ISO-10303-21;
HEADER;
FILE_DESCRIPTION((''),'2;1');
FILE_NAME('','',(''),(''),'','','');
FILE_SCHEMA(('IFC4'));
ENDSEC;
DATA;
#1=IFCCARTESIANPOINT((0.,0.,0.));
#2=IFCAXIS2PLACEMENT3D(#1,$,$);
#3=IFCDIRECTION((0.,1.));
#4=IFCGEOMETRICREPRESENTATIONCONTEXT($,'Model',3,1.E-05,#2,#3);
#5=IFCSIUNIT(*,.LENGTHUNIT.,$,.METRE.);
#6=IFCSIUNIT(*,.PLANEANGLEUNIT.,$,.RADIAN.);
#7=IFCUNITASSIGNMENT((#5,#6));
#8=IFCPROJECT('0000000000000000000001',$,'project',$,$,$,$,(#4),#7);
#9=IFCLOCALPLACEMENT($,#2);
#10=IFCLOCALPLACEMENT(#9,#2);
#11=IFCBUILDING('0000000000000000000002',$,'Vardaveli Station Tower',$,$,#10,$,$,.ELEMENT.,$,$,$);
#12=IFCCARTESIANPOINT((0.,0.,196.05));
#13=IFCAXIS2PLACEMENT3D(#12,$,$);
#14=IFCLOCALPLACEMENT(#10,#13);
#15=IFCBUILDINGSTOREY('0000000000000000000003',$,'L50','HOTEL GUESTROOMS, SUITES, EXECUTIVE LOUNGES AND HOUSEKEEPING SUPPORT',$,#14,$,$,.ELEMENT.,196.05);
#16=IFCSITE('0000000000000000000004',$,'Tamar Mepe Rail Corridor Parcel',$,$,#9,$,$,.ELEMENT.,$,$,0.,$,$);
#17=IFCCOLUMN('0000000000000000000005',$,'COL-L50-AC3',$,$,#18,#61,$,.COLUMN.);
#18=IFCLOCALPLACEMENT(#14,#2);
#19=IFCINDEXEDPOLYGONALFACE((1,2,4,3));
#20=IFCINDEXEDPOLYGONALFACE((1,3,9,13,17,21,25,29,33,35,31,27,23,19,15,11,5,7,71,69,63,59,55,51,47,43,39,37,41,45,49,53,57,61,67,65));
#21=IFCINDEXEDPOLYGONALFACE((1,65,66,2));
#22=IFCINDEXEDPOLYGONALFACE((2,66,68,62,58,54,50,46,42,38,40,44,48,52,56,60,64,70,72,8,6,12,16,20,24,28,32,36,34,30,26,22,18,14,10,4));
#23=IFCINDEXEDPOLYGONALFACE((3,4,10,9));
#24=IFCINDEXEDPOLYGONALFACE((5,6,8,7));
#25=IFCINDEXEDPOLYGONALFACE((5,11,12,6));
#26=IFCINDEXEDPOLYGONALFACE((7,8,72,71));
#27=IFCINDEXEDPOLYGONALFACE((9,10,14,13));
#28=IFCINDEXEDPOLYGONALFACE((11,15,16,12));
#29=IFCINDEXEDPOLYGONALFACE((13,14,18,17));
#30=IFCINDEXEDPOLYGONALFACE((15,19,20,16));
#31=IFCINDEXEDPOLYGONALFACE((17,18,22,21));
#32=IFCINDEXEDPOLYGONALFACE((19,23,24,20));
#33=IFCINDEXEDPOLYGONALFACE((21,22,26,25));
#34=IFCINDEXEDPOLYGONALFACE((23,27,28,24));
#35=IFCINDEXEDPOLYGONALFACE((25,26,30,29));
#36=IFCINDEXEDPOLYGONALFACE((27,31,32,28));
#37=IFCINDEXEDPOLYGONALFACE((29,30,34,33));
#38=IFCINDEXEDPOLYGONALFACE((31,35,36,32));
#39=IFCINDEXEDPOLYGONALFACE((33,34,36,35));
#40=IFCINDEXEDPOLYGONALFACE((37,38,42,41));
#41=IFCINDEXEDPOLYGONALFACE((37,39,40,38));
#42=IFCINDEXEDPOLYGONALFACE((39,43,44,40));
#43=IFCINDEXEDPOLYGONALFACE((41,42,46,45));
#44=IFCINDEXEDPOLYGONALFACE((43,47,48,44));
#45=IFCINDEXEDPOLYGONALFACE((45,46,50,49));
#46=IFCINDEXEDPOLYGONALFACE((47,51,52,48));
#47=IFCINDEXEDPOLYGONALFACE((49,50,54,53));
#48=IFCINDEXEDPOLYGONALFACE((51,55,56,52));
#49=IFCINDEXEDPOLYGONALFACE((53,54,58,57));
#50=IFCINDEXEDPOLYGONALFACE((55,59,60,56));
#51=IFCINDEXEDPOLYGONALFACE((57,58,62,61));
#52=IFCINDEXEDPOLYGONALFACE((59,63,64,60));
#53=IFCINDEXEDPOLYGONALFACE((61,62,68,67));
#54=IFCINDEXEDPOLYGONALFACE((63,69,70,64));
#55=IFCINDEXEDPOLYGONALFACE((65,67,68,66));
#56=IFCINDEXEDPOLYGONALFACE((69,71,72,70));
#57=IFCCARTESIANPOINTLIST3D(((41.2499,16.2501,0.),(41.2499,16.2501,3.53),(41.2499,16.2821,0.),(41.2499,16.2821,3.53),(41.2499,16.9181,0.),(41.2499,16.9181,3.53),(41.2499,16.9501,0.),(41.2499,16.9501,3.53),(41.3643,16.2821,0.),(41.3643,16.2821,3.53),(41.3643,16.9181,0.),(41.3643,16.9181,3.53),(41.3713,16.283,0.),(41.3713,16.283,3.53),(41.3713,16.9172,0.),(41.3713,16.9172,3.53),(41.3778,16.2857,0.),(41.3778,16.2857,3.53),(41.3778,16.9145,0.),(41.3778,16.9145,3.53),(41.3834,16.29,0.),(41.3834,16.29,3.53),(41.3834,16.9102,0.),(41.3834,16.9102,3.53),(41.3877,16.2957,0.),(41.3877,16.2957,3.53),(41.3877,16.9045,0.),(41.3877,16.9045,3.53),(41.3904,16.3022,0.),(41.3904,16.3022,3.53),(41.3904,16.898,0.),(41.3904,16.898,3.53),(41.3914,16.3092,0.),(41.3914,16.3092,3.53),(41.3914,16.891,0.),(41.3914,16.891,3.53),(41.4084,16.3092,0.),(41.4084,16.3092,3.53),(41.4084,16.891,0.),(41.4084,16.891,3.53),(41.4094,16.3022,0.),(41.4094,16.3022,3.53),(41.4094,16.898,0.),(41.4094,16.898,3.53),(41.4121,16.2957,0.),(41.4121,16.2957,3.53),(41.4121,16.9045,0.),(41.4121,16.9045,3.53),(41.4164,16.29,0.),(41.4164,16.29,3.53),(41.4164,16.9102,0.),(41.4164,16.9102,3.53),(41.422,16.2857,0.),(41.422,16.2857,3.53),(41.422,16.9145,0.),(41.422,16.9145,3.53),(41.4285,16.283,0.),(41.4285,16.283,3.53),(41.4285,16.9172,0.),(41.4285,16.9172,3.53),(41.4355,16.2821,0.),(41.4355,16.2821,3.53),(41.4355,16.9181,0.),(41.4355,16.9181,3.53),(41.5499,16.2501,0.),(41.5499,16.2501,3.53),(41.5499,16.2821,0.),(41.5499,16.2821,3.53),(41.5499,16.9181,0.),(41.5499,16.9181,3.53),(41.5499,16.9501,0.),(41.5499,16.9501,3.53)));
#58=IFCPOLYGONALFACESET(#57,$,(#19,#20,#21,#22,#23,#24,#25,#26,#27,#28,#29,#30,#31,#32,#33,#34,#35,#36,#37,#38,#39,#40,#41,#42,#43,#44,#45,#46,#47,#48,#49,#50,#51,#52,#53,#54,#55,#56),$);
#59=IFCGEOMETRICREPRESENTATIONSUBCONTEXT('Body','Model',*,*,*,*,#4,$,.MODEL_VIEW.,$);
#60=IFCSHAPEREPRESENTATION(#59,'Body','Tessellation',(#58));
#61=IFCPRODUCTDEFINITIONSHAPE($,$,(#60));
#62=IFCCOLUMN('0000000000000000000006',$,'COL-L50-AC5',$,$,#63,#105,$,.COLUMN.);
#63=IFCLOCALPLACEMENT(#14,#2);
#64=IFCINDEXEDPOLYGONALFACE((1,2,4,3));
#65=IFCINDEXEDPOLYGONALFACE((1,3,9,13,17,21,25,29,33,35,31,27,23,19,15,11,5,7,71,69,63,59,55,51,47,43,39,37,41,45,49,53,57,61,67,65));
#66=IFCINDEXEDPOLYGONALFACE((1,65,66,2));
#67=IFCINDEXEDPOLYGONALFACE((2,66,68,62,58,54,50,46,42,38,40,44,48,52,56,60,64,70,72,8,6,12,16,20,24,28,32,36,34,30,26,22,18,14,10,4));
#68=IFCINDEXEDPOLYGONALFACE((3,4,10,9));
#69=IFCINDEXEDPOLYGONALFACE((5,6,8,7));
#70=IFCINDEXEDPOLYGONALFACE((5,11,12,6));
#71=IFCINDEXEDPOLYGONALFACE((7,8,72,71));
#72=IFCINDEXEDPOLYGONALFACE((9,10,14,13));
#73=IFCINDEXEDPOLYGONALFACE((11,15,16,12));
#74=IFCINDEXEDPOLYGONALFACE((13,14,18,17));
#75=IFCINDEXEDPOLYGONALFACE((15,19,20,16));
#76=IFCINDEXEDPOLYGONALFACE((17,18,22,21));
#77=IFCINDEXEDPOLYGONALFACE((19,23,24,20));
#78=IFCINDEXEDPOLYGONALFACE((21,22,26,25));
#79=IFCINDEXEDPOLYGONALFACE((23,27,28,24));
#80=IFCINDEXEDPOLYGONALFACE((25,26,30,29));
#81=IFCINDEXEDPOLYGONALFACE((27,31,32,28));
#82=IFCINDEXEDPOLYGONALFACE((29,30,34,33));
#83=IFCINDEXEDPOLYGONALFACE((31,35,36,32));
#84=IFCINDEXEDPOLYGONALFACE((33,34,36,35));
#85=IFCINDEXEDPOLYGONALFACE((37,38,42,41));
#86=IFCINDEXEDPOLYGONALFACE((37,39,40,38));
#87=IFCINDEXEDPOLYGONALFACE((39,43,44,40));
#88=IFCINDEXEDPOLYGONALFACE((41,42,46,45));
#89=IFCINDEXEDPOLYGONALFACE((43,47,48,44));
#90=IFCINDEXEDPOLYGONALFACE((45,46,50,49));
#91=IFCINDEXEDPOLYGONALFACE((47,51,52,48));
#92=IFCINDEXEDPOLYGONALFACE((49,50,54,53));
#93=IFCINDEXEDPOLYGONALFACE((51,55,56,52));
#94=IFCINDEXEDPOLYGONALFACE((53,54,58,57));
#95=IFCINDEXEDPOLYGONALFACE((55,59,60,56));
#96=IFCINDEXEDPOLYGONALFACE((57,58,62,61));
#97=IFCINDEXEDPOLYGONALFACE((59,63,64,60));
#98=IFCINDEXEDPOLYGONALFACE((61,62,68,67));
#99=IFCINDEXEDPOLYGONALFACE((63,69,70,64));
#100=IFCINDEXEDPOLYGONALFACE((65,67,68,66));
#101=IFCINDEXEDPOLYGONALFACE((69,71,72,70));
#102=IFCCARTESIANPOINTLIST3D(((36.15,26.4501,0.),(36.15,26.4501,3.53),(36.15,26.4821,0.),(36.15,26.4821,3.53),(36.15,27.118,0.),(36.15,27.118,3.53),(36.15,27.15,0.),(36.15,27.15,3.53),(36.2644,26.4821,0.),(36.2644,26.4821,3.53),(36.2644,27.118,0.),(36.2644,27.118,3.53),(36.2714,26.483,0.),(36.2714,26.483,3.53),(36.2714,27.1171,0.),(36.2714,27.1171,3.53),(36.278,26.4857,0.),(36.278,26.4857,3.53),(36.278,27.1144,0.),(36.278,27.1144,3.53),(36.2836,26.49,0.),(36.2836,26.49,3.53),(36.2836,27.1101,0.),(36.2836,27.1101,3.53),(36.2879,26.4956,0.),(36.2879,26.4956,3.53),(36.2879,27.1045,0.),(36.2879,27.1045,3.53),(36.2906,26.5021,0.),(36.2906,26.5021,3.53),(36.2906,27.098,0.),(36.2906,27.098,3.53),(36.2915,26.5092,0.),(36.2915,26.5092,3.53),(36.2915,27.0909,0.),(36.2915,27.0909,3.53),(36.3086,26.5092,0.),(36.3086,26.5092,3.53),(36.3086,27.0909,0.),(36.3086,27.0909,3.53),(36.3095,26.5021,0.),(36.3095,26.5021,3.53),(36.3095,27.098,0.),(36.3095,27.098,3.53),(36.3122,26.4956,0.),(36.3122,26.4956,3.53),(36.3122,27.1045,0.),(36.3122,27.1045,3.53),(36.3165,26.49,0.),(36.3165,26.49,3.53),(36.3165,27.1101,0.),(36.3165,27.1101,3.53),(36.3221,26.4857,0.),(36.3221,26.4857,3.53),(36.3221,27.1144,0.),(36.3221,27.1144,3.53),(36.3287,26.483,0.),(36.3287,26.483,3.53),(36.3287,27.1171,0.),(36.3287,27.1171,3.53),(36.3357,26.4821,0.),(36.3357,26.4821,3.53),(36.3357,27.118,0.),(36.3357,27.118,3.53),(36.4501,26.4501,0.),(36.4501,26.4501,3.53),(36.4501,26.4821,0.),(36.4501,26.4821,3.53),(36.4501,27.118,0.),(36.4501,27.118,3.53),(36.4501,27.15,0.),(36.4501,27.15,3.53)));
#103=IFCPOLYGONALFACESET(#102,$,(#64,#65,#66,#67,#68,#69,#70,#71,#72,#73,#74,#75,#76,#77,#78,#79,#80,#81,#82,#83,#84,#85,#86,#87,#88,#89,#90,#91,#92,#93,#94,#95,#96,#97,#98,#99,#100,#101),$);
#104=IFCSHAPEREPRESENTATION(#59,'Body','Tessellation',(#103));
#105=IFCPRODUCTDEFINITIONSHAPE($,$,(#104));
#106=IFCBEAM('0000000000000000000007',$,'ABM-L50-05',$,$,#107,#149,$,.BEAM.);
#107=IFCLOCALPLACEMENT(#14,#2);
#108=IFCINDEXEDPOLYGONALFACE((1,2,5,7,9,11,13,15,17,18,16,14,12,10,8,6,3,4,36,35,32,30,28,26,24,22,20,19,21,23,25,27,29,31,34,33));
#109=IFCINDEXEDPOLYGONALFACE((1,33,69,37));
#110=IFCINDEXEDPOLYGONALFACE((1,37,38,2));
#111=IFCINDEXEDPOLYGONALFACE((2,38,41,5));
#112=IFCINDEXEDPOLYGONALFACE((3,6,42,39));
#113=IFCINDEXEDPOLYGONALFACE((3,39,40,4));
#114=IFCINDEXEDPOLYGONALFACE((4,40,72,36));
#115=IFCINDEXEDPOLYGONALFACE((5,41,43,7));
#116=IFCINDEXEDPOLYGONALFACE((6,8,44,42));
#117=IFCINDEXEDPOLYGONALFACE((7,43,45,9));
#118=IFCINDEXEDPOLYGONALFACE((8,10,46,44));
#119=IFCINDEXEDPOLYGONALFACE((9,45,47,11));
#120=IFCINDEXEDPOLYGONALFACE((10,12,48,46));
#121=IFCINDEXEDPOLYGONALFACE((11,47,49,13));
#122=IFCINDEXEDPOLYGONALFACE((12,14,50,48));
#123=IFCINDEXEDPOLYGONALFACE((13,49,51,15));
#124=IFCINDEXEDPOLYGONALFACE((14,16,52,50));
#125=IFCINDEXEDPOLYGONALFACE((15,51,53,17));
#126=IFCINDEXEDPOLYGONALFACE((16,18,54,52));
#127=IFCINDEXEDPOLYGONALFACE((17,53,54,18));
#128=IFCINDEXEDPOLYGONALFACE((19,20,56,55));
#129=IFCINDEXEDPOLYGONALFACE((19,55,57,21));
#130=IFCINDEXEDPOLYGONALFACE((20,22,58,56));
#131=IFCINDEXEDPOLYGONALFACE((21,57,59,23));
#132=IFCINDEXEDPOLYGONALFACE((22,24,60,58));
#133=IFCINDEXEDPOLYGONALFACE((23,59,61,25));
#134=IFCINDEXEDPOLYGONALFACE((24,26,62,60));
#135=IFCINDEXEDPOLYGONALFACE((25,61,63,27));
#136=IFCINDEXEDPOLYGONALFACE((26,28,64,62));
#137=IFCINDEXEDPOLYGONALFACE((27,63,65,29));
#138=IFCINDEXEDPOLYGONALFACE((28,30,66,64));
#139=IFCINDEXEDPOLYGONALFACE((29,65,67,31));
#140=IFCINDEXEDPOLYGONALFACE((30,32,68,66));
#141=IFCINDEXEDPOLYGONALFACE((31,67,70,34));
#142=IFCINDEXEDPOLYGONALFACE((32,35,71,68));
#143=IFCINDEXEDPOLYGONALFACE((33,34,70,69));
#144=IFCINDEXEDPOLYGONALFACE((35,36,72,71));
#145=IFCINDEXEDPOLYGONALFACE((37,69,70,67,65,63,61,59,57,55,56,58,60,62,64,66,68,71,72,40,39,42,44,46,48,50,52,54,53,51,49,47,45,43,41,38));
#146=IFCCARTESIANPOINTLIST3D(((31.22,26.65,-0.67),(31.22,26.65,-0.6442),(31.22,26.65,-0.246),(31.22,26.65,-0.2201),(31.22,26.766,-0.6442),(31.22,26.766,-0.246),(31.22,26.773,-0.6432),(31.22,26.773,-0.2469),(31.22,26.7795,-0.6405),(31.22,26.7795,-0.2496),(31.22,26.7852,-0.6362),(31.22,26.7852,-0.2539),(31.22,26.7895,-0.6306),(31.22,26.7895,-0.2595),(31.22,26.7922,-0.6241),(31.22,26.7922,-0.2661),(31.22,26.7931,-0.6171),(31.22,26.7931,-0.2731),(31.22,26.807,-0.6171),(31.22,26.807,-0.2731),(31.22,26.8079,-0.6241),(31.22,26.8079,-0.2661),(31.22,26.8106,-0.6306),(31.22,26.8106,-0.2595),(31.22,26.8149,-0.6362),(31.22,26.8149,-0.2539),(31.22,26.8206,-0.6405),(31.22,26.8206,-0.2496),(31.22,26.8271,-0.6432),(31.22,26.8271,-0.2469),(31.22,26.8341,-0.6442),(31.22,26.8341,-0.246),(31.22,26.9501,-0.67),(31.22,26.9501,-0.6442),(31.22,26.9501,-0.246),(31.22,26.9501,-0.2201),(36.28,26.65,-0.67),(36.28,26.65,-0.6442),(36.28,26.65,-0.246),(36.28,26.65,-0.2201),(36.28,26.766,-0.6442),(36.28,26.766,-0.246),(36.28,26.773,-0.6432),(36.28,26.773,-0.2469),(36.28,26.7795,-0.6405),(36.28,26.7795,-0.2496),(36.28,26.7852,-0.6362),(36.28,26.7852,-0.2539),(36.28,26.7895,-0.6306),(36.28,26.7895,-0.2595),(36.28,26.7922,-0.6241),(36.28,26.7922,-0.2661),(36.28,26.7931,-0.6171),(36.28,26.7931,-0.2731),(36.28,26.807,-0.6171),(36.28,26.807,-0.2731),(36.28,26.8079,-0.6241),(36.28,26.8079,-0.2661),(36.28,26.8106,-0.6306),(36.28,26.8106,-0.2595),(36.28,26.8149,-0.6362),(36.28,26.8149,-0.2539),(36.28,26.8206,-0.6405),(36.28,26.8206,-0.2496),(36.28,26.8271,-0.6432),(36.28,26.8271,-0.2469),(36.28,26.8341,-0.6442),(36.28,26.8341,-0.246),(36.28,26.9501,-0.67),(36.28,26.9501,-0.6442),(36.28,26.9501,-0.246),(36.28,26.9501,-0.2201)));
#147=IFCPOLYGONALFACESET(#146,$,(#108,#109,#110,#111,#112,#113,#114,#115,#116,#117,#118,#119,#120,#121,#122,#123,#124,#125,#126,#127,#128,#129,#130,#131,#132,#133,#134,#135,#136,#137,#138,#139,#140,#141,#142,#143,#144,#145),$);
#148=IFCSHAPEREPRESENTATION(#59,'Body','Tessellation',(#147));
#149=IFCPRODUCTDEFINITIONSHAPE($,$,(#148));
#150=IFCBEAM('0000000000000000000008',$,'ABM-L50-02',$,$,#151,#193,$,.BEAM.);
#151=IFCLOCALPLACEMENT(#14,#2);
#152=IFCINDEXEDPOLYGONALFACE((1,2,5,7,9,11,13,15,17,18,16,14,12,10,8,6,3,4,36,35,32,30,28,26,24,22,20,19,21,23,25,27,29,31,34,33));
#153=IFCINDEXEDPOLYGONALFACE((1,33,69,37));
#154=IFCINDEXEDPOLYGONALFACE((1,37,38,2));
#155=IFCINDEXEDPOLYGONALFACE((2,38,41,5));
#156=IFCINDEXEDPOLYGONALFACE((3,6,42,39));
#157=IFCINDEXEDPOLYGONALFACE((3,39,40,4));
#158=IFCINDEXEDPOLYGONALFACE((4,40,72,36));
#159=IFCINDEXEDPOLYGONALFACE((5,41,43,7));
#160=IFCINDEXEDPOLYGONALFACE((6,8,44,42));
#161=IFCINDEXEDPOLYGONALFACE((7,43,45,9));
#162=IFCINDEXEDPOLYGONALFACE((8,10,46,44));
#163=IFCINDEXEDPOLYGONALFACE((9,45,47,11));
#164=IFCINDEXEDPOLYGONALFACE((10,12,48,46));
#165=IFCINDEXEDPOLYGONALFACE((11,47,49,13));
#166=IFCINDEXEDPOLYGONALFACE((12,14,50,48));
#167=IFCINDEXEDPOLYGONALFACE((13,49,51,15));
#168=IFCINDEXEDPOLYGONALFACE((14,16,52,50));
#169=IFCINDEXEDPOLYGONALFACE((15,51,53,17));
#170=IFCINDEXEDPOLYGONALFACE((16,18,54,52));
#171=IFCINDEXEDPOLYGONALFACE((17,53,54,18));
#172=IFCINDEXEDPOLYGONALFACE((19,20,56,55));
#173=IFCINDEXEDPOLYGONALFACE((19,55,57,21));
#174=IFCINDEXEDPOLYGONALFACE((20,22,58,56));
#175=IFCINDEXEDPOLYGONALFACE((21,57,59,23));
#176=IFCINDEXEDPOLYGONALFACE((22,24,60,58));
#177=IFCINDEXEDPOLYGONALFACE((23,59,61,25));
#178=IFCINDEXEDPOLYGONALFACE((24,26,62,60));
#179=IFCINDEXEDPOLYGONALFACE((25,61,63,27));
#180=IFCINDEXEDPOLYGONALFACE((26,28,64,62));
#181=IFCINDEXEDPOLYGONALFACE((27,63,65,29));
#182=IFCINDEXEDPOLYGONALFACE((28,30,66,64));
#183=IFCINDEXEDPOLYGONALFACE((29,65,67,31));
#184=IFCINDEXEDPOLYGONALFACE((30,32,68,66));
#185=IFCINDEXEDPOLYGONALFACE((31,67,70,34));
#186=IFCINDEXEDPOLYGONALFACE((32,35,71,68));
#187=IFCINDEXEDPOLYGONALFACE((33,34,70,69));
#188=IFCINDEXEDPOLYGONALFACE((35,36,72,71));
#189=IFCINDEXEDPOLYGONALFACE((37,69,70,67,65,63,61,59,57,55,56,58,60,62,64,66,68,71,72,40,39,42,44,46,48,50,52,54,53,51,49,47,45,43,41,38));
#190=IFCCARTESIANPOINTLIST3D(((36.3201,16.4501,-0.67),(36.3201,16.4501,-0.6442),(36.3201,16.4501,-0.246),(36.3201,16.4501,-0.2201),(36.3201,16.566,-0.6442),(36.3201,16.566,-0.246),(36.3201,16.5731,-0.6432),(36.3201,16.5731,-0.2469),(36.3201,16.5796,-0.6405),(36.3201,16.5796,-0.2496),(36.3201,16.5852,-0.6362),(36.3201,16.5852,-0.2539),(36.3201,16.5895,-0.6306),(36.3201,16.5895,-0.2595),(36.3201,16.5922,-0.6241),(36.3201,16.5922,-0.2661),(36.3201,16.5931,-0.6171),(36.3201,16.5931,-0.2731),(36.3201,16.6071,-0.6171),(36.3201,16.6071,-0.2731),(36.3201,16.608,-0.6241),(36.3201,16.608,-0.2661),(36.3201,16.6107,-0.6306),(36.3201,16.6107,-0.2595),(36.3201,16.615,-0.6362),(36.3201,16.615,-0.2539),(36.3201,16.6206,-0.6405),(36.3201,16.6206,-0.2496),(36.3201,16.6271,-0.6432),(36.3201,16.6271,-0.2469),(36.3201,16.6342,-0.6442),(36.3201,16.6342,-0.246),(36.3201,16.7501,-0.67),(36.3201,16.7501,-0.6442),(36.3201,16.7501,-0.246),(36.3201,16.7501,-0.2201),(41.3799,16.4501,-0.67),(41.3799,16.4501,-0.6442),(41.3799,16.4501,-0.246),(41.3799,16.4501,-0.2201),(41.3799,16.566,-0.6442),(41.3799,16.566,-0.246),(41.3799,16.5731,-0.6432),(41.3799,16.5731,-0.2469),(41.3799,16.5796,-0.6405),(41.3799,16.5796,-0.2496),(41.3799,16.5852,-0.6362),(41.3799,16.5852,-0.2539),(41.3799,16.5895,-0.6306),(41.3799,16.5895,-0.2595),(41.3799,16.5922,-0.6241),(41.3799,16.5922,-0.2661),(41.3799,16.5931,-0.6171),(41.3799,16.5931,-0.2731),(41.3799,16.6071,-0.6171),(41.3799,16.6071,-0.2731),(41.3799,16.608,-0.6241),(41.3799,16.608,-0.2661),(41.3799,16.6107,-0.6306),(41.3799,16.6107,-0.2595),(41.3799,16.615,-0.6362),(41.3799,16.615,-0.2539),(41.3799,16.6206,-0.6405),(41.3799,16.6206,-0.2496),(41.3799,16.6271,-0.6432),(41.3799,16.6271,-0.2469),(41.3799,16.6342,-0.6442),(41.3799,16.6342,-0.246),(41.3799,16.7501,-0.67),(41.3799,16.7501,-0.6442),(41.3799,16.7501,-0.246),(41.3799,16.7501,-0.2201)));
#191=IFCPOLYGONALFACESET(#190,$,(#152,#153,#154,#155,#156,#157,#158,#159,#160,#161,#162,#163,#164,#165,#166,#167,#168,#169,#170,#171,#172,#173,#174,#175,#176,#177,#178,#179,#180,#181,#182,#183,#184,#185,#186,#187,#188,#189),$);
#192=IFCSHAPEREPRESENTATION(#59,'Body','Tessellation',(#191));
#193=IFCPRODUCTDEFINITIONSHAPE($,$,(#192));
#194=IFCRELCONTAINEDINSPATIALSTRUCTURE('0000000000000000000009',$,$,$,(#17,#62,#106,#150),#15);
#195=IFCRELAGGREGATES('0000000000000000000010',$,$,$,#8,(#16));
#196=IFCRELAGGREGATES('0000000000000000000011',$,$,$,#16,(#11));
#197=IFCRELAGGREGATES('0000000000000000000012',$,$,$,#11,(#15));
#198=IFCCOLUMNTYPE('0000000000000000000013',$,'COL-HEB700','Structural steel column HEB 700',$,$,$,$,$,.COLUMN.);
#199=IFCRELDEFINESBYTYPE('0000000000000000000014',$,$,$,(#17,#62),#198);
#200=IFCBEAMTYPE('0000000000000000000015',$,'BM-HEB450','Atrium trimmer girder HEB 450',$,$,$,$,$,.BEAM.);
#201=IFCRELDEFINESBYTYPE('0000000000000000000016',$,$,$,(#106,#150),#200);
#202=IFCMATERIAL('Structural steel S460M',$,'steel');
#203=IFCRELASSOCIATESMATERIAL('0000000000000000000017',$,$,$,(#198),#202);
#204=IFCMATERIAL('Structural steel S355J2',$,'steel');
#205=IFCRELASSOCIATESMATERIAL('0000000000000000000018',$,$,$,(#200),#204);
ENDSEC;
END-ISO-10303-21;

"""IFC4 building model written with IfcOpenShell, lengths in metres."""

from ifc_helpers import new_model, si_unit, direction, frame, origin, origin_2d, place, context, subcontext, project, spatial, i_section, extrude, source, transform, mapped, material, material_profile, profile_set, type_object, element, save


model = new_model("IFC4")

# Units and contexts
model_context = context("Model", 3, precision=1e-05, world=origin(), true_north=direction((0.0, 1.0)))
body_context = subcontext(model_context, "Body", "Model", "MODEL_VIEW")
ifc_project = project(units=[si_unit("LENGTHUNIT", "METRE"), si_unit("PLANEANGLEUNIT", "RADIAN")], contexts=[model_context])

# Site, building, storey
site_placement = place(None, origin())
site = spatial("IfcSite", under=ifc_project, at=site_placement, Name="Tamar Mepe Rail Corridor Parcel", CompositionType="ELEMENT", RefElevation=0.0)
building_placement = place(site_placement, origin())
building = spatial("IfcBuilding", under=site, at=building_placement, Name="Vardaveli Station Tower", CompositionType="ELEMENT")
storey_placement = place(building_placement, frame((0.0, 0.0, 196.05)))
storey = spatial("IfcBuildingStorey", under=building, at=storey_placement, Name="L50", Description="HOTEL GUESTROOMS, SUITES, EXECUTIVE LOUNGES AND HOUSEKEEPING SUPPORT", CompositionType="ELEMENT", Elevation=196.05)

# Columns
ifc_material_1 = material(Name="Structural steel S460M", Category="steel")
ifc_material_profile_1 = material_profile(ifc_material_1, i_section(OverallWidth=0.3, OverallDepth=0.7, WebThickness=0.0171, FlangeThickness=0.032, FilletRadius=0.0271, at=origin_2d()), Name="HEB 700")
ifc_profile_set_1 = profile_set([ifc_material_profile_1], Name="Structural steel S460M")
column_type = type_object("IfcColumnType", Name="COL-HEB700", Description="Structural steel column HEB 700", PredefinedType="COLUMN", material=ifc_profile_set_1)
shared_shape_1 = source(origin(), body_context, "Body", "SweptSolid", [
    extrude(i_section(OverallWidth=0.3, OverallDepth=0.7, WebThickness=0.0171, FlangeThickness=0.032, FilletRadius=0.0271, at=origin_2d()), origin(), (0.0, 0.0, 1.0), 3.53),
])
for number, where, z_axis, x_axis, name in (
    (1, (41.3999, 16.6001, 0.0), (0.0, 0.0, 1.0), (1.0, 0.0, 0.0), "COL-L50-AC3"),
    (2, (36.3, 26.8, 0.0), (0.0, 0.0, 1.0), (1.0, 0.0, 0.0), "COL-L50-AC5"),
):
    element("IfcColumn", number, at=place(storey_placement, frame(where, z_axis=z_axis, x_axis=x_axis)), inside=storey, type_object=column_type, Name=name, PredefinedType="COLUMN", context=body_context, shape_type="MappedRepresentation", body=[
        mapped(shared_shape_1, transform((0.0, 0.0, 0.0), scale=1.0)),
    ])

# Beams
ifc_material_2 = material(Name="Structural steel S355J2", Category="steel")
ifc_material_profile_2 = material_profile(ifc_material_2, i_section(OverallWidth=0.3, OverallDepth=0.45, WebThickness=0.0139, FlangeThickness=0.0259, FilletRadius=0.0271, at=origin_2d()), Name="HEB 450")
ifc_profile_set_2 = profile_set([ifc_material_profile_2], Name="Structural steel S355J2")
beam_type = type_object("IfcBeamType", Name="BM-HEB450", Description="Atrium trimmer girder HEB 450", PredefinedType="BEAM", material=ifc_profile_set_2)
shared_shape_2 = source(origin(), body_context, "Body", "SweptSolid", [
    extrude(i_section(OverallWidth=0.3, OverallDepth=0.45, WebThickness=0.0139, FlangeThickness=0.0259, FilletRadius=0.0271, at=origin_2d()), origin(), (0.0, 0.0, 1.0), 5.0601),
])
beam_1_placement = place(storey_placement, frame((36.28, 26.8, -0.4451), z_axis=(-1.0, 0.0, 0.0), x_axis=(0.0, -1.0, 0.0)))
element("IfcBeam", 3, at=beam_1_placement, inside=storey, type_object=beam_type, Name="ABM-L50-05", PredefinedType="BEAM", context=body_context, shape_type="MappedRepresentation", body=[
    mapped(shared_shape_2, transform((0.0, 0.0, 0.0), scale=1.0)),
])
shared_shape_3 = source(origin(), body_context, "Body", "SweptSolid", [
    extrude(i_section(OverallWidth=0.3, OverallDepth=0.45, WebThickness=0.0139, FlangeThickness=0.0259, FilletRadius=0.0271, at=origin_2d()), origin(), (0.0, 0.0, 1.0), 5.0598),
])
for number, where, z_axis, x_axis, name in (
    (4, (36.3201, 16.6001, -0.4451), (1.0, 0.0, 0.0), (0.0, 1.0, 0.0), "ABM-L50-02"),
):
    element("IfcBeam", number, at=place(storey_placement, frame(where, z_axis=z_axis, x_axis=x_axis)), inside=storey, type_object=beam_type, Name=name, PredefinedType="BEAM", context=body_context, shape_type="MappedRepresentation", body=[
        mapped(shared_shape_3, transform((0.0, 0.0, 0.0), scale=1.0)),
    ])

save(model, "model.ifc")
